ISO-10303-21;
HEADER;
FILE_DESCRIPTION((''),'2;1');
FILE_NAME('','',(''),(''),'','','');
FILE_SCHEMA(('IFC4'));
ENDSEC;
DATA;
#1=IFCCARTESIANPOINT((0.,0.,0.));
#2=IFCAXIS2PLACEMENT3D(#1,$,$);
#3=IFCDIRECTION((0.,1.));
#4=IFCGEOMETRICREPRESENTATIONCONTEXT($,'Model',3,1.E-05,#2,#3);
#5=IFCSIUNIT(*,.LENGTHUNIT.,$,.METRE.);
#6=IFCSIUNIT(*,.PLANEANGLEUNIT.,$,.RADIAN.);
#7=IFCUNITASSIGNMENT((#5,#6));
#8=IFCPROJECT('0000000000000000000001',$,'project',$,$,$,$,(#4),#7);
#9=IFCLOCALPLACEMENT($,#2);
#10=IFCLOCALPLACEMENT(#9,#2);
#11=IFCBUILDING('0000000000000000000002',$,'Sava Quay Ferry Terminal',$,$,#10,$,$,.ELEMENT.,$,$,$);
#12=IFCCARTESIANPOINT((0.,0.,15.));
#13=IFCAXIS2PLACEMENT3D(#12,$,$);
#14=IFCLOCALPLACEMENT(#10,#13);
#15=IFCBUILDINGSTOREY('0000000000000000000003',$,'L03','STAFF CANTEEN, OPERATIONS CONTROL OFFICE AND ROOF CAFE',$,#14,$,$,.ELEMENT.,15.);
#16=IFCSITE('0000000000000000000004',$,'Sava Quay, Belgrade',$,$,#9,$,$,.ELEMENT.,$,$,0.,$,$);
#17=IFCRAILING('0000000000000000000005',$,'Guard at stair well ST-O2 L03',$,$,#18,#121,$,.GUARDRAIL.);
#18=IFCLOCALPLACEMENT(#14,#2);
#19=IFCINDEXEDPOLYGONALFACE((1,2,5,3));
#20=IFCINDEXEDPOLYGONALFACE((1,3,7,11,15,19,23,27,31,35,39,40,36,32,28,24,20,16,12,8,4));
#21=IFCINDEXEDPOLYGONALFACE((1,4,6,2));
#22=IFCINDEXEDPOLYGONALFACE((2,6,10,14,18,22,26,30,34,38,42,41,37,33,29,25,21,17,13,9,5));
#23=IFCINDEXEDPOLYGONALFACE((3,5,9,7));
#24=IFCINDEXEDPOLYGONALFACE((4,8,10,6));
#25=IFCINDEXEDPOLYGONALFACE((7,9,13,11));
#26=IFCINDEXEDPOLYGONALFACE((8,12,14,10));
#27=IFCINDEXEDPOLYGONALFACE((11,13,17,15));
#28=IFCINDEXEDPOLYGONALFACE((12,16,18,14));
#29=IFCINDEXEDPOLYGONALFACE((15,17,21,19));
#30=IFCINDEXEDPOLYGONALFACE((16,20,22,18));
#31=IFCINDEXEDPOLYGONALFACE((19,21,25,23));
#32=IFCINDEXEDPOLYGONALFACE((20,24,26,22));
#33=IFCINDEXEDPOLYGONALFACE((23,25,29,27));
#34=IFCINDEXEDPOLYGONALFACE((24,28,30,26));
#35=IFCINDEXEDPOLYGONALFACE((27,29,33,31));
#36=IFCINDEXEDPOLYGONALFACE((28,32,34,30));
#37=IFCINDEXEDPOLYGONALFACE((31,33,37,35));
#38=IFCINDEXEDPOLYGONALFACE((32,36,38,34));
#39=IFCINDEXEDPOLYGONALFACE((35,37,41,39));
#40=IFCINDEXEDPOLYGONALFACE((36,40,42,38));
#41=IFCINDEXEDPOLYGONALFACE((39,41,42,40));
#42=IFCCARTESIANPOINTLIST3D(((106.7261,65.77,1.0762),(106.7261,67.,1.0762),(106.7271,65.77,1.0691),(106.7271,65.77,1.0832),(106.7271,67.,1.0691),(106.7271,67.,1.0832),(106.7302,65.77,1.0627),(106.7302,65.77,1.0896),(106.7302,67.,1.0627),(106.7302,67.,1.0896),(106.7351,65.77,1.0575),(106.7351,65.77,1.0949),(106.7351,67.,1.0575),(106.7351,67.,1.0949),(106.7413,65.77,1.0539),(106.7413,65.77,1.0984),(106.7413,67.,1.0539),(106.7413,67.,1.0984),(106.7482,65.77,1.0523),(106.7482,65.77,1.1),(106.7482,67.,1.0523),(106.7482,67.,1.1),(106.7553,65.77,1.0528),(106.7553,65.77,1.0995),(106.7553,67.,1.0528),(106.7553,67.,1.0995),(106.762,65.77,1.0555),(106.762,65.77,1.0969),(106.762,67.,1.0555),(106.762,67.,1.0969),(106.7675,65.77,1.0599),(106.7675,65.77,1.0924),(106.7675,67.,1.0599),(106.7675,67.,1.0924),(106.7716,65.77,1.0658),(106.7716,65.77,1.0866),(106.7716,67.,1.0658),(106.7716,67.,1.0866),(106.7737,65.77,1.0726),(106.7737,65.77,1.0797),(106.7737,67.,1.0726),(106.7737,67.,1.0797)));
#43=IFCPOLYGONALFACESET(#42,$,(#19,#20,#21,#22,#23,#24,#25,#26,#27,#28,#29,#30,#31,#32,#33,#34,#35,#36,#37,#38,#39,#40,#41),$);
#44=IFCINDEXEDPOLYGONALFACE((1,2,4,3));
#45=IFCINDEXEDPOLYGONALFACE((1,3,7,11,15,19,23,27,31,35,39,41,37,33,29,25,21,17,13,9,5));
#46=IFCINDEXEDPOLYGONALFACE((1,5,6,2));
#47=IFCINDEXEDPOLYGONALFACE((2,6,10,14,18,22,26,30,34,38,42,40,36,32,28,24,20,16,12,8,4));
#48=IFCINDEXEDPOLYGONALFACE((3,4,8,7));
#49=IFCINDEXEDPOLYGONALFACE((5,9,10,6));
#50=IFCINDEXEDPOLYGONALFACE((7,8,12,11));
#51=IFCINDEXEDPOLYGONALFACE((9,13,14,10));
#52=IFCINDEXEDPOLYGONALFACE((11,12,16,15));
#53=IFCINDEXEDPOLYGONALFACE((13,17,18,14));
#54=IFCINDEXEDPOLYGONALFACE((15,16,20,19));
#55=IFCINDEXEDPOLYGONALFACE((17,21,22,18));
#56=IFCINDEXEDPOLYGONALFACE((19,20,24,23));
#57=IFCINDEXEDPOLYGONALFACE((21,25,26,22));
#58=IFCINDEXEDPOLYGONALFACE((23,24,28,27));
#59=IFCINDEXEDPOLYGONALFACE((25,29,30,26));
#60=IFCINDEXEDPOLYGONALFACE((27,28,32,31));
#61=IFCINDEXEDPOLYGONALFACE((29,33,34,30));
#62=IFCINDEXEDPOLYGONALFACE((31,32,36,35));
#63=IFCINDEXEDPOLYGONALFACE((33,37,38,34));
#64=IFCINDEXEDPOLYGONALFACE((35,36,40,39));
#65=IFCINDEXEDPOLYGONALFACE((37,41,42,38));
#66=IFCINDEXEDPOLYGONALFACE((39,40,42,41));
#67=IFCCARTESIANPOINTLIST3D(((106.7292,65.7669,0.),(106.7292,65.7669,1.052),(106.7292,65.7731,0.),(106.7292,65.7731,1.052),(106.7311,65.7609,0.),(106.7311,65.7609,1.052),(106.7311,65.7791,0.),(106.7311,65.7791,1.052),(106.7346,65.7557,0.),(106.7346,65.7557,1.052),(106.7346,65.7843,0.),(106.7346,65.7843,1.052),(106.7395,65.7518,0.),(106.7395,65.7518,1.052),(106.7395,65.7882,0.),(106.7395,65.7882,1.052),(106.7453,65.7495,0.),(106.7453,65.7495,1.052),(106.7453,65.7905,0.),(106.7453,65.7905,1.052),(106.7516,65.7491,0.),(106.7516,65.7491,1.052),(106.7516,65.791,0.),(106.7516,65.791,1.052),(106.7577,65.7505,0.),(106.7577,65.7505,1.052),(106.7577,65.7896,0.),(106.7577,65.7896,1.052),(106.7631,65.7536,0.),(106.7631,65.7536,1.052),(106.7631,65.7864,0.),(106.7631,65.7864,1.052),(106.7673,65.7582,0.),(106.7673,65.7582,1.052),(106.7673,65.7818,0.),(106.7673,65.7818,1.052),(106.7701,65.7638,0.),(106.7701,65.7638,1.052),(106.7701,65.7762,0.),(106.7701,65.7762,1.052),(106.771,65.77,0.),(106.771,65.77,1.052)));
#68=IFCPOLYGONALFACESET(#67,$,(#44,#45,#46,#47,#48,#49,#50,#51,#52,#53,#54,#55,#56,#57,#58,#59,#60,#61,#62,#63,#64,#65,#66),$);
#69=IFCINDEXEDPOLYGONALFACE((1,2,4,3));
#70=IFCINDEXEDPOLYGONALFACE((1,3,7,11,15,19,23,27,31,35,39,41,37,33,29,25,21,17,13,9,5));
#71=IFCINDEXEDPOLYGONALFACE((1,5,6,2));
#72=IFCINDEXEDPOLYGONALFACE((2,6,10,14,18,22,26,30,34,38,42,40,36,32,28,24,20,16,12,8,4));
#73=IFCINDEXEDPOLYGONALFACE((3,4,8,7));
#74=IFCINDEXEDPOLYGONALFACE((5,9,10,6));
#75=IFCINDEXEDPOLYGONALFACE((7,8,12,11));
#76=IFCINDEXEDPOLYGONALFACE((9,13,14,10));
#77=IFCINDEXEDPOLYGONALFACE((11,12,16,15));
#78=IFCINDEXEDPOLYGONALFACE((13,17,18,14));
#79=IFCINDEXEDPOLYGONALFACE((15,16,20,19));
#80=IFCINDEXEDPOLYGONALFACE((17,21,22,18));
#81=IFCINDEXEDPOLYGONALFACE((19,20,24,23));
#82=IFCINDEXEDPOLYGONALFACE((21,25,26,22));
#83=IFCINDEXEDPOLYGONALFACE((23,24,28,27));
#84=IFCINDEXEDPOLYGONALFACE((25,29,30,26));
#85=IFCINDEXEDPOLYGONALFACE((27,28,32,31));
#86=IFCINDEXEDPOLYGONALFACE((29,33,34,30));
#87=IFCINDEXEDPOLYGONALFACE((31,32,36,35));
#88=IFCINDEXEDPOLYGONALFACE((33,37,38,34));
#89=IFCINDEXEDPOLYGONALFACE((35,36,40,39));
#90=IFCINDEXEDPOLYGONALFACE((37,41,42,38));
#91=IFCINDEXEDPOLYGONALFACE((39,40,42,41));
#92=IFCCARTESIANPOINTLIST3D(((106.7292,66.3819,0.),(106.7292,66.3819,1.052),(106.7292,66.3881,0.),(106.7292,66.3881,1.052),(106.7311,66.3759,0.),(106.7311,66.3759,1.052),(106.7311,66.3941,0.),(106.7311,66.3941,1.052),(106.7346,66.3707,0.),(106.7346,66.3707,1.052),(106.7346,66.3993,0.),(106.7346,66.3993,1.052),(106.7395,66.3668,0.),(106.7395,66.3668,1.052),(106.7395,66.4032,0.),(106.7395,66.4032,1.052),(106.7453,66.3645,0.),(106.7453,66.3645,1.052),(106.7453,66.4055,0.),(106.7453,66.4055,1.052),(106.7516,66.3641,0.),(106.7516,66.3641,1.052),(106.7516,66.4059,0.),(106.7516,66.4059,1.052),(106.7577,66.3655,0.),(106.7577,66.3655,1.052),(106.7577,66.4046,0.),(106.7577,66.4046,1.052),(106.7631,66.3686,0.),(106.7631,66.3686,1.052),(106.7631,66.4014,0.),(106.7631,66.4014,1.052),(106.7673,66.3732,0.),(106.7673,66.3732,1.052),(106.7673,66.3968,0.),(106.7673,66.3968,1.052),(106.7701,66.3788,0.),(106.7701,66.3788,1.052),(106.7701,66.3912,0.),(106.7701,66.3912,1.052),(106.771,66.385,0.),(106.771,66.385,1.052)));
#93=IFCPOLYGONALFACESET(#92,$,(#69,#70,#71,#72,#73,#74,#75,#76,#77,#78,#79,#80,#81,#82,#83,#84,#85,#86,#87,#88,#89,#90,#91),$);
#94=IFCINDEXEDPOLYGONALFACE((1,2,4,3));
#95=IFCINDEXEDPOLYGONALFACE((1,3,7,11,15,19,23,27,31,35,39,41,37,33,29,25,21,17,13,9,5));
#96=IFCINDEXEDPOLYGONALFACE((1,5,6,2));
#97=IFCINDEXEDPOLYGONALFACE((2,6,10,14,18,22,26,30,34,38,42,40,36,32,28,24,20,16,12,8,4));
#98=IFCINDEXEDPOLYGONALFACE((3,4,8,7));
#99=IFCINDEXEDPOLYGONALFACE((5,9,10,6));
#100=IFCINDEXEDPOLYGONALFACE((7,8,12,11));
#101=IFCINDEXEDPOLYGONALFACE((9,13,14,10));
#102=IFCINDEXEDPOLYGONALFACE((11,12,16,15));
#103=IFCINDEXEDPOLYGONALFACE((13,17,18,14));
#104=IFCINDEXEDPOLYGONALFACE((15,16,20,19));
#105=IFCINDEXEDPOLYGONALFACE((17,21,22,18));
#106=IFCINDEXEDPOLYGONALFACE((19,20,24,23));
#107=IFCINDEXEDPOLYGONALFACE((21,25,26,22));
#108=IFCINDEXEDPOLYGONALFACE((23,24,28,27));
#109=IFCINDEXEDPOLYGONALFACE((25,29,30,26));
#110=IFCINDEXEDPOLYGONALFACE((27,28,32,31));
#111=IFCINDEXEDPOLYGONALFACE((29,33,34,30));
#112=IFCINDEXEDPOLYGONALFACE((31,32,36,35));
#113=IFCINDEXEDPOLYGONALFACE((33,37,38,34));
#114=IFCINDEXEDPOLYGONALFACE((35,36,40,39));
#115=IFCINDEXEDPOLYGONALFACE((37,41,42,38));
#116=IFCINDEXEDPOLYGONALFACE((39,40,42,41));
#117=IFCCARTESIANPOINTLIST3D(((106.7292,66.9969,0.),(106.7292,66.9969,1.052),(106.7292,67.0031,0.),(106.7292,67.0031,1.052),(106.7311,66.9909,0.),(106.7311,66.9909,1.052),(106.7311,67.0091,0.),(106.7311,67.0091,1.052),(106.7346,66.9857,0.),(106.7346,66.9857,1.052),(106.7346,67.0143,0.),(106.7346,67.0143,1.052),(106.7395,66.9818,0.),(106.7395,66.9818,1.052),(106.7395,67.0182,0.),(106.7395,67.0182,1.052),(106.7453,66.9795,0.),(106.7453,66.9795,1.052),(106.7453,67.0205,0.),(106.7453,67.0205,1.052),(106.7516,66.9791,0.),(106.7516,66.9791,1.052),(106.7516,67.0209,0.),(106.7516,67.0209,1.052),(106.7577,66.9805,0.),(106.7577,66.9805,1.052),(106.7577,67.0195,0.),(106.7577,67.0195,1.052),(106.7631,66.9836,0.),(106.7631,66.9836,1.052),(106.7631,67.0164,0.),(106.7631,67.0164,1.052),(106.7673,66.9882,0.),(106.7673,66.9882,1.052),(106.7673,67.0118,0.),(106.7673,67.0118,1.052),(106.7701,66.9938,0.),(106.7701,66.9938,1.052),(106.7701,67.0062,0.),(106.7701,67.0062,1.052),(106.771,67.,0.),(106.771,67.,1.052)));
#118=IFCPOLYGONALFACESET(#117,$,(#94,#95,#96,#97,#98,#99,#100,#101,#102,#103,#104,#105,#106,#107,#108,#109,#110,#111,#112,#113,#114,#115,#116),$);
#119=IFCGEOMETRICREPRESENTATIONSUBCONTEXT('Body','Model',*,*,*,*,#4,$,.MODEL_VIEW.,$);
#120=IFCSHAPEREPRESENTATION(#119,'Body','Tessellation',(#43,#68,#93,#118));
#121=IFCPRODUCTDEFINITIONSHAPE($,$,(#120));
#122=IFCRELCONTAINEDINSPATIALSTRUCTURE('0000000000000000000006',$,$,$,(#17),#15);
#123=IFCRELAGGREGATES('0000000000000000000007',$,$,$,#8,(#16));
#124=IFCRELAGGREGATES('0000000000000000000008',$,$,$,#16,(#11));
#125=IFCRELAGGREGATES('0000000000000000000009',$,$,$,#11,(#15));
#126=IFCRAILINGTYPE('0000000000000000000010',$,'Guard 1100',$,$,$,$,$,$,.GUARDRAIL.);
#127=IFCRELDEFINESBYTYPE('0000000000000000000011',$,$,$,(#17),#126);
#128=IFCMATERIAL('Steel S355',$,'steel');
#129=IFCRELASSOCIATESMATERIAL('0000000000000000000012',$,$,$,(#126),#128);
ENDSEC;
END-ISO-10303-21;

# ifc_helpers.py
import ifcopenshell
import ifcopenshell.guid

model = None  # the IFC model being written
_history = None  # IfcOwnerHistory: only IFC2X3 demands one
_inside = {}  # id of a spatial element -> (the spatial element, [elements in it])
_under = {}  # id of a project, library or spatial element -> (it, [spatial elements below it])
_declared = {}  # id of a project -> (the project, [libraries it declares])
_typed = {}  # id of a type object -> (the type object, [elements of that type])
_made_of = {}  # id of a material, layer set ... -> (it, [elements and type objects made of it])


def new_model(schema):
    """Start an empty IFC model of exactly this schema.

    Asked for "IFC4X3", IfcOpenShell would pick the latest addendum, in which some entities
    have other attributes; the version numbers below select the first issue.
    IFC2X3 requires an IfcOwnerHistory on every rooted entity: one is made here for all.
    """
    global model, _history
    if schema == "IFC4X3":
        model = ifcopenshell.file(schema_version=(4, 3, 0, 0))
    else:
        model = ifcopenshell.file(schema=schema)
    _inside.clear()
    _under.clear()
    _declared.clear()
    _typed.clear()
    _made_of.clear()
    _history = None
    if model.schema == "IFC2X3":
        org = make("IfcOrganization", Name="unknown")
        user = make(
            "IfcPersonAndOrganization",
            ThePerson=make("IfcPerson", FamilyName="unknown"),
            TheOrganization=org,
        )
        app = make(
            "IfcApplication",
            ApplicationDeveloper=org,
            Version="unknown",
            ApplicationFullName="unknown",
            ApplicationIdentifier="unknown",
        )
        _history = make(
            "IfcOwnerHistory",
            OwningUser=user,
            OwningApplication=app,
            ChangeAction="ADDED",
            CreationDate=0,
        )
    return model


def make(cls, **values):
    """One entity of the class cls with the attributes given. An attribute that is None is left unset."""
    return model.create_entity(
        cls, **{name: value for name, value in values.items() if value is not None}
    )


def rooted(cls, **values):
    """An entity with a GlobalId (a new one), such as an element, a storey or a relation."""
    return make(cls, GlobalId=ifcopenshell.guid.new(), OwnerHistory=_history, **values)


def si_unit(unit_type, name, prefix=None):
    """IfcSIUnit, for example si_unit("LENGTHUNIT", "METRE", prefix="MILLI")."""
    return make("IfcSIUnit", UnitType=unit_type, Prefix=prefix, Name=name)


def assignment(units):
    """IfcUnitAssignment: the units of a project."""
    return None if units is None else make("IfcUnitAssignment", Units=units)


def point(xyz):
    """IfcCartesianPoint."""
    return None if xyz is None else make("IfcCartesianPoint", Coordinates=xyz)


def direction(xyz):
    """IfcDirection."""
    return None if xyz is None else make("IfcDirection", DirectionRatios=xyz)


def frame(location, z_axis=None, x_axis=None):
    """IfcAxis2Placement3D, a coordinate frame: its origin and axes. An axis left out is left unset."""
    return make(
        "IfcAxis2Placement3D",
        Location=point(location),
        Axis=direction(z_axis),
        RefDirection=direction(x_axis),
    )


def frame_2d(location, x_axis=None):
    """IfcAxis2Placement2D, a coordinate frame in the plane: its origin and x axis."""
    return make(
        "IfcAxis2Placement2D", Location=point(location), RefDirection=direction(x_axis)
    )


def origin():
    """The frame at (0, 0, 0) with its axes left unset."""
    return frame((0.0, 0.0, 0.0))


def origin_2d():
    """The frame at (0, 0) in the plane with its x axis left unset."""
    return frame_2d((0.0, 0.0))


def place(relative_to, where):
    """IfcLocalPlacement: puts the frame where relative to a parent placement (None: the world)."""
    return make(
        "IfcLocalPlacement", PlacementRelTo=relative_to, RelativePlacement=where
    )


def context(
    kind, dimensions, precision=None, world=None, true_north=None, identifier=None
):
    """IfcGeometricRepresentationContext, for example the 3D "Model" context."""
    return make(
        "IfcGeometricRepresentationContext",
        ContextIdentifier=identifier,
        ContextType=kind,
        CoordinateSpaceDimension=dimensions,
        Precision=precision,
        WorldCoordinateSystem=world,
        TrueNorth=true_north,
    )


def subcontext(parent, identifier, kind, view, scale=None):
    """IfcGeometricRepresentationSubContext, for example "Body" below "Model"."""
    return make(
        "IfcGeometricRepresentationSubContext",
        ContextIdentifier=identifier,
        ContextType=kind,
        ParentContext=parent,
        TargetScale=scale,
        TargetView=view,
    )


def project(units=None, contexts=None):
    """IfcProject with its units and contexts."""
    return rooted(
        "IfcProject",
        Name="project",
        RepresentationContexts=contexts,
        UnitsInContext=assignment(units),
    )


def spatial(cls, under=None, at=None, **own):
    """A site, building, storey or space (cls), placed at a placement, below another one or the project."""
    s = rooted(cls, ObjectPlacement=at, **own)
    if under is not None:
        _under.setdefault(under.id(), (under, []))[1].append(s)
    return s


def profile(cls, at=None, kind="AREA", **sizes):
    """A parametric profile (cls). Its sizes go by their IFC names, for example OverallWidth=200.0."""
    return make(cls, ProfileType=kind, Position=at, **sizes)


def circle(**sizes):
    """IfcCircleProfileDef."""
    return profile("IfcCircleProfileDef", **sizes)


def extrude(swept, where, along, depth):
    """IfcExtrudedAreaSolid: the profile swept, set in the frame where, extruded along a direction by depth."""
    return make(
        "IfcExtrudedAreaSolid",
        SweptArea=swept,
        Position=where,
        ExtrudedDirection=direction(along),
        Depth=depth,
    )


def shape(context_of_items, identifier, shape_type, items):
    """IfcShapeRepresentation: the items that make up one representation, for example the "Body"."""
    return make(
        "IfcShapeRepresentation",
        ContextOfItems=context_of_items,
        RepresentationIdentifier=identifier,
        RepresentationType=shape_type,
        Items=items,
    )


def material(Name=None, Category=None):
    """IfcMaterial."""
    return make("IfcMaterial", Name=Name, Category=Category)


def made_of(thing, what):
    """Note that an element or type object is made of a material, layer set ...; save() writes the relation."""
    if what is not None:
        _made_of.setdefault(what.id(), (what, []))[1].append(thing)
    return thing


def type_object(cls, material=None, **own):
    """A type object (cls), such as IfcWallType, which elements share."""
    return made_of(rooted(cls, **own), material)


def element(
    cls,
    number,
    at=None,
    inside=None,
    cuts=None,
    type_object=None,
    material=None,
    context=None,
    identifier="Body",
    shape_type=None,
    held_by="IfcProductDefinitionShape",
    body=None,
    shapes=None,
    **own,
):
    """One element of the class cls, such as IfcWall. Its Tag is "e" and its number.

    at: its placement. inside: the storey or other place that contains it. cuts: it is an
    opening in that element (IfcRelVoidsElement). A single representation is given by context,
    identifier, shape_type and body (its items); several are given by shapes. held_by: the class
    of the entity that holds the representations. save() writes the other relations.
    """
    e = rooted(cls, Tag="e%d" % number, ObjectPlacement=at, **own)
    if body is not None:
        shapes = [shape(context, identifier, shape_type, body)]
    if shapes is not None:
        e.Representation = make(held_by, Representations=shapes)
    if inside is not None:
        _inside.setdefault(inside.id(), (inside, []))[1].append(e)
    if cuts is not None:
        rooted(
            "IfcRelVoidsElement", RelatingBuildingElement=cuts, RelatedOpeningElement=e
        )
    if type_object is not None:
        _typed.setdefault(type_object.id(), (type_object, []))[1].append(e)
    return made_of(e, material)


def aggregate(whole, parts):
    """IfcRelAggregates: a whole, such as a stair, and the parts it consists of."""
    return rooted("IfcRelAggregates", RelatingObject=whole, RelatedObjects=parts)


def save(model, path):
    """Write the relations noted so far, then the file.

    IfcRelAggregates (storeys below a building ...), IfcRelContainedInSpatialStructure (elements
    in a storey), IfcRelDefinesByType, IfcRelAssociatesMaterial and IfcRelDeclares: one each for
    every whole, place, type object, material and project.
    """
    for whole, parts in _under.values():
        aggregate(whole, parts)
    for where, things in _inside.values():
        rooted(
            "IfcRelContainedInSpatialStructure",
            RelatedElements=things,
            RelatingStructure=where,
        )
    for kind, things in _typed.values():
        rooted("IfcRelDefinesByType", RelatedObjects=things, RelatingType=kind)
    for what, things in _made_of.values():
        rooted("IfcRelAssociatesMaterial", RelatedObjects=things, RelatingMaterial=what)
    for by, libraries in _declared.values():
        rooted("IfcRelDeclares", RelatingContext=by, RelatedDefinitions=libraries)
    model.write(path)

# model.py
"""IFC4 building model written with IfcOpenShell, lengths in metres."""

from ifc_helpers import new_model, si_unit, direction, frame, origin, origin_2d, place, context, subcontext, project, spatial, circle, extrude, material, type_object, element, save


model = new_model("IFC4")

# Units and contexts
model_context = context("Model", 3, precision=1e-05, world=origin(), true_north=direction((0.0, 1.0)))
body_context = subcontext(model_context, "Body", "Model", "MODEL_VIEW")
ifc_project = project(units=[si_unit("LENGTHUNIT", "METRE"), si_unit("PLANEANGLEUNIT", "RADIAN")], contexts=[model_context])

# Site, building, storey
site_placement = place(None, origin())
site = spatial("IfcSite", under=ifc_project, at=site_placement, Name="Sava Quay, Belgrade", CompositionType="ELEMENT", RefElevation=0.0)
building_placement = place(site_placement, origin())
building = spatial("IfcBuilding", under=site, at=building_placement, Name="Sava Quay Ferry Terminal", CompositionType="ELEMENT")
storey_placement = place(building_placement, frame((0.0, 0.0, 15.0)))
storey = spatial("IfcBuildingStorey", under=building, at=storey_placement, Name="L03", Description="STAFF CANTEEN, OPERATIONS CONTROL OFFICE AND ROOF CAFE", CompositionType="ELEMENT", Elevation=15.0)

# Railing
ifc_material_1 = material(Name="Steel S355", Category="steel")
railing_type = type_object("IfcRailingType", Name="Guard 1100", PredefinedType="GUARDRAIL", material=ifc_material_1)
railing_1_placement = place(storey_placement, frame((106.75, 65.77, 0.0)))
element("IfcRailing", 1, at=railing_1_placement, inside=storey, type_object=railing_type, Name="Guard at stair well ST-O2 L03", PredefinedType="GUARDRAIL", context=body_context, shape_type="SweptSolid", body=[
    extrude(circle(Radius=0.0239, at=origin_2d()), frame((0.0, 0.0, 1.0762), z_axis=(0.0, 1.0, 0.0), x_axis=(-1.0, 0.0, 0.0)), (0.0, 0.0, 1.0), 1.23),
    extrude(circle(Radius=0.021, at=origin_2d()), origin(), (0.0, 0.0, 1.0), 1.052),
    extrude(circle(Radius=0.021, at=origin_2d()), frame((0.0, 0.615, 0.0)), (0.0, 0.0, 1.0), 1.052),
    extrude(circle(Radius=0.021, at=origin_2d()), frame((0.0, 1.23, 0.0)), (0.0, 0.0, 1.0), 1.052),
])

save(model, "model.ifc")
